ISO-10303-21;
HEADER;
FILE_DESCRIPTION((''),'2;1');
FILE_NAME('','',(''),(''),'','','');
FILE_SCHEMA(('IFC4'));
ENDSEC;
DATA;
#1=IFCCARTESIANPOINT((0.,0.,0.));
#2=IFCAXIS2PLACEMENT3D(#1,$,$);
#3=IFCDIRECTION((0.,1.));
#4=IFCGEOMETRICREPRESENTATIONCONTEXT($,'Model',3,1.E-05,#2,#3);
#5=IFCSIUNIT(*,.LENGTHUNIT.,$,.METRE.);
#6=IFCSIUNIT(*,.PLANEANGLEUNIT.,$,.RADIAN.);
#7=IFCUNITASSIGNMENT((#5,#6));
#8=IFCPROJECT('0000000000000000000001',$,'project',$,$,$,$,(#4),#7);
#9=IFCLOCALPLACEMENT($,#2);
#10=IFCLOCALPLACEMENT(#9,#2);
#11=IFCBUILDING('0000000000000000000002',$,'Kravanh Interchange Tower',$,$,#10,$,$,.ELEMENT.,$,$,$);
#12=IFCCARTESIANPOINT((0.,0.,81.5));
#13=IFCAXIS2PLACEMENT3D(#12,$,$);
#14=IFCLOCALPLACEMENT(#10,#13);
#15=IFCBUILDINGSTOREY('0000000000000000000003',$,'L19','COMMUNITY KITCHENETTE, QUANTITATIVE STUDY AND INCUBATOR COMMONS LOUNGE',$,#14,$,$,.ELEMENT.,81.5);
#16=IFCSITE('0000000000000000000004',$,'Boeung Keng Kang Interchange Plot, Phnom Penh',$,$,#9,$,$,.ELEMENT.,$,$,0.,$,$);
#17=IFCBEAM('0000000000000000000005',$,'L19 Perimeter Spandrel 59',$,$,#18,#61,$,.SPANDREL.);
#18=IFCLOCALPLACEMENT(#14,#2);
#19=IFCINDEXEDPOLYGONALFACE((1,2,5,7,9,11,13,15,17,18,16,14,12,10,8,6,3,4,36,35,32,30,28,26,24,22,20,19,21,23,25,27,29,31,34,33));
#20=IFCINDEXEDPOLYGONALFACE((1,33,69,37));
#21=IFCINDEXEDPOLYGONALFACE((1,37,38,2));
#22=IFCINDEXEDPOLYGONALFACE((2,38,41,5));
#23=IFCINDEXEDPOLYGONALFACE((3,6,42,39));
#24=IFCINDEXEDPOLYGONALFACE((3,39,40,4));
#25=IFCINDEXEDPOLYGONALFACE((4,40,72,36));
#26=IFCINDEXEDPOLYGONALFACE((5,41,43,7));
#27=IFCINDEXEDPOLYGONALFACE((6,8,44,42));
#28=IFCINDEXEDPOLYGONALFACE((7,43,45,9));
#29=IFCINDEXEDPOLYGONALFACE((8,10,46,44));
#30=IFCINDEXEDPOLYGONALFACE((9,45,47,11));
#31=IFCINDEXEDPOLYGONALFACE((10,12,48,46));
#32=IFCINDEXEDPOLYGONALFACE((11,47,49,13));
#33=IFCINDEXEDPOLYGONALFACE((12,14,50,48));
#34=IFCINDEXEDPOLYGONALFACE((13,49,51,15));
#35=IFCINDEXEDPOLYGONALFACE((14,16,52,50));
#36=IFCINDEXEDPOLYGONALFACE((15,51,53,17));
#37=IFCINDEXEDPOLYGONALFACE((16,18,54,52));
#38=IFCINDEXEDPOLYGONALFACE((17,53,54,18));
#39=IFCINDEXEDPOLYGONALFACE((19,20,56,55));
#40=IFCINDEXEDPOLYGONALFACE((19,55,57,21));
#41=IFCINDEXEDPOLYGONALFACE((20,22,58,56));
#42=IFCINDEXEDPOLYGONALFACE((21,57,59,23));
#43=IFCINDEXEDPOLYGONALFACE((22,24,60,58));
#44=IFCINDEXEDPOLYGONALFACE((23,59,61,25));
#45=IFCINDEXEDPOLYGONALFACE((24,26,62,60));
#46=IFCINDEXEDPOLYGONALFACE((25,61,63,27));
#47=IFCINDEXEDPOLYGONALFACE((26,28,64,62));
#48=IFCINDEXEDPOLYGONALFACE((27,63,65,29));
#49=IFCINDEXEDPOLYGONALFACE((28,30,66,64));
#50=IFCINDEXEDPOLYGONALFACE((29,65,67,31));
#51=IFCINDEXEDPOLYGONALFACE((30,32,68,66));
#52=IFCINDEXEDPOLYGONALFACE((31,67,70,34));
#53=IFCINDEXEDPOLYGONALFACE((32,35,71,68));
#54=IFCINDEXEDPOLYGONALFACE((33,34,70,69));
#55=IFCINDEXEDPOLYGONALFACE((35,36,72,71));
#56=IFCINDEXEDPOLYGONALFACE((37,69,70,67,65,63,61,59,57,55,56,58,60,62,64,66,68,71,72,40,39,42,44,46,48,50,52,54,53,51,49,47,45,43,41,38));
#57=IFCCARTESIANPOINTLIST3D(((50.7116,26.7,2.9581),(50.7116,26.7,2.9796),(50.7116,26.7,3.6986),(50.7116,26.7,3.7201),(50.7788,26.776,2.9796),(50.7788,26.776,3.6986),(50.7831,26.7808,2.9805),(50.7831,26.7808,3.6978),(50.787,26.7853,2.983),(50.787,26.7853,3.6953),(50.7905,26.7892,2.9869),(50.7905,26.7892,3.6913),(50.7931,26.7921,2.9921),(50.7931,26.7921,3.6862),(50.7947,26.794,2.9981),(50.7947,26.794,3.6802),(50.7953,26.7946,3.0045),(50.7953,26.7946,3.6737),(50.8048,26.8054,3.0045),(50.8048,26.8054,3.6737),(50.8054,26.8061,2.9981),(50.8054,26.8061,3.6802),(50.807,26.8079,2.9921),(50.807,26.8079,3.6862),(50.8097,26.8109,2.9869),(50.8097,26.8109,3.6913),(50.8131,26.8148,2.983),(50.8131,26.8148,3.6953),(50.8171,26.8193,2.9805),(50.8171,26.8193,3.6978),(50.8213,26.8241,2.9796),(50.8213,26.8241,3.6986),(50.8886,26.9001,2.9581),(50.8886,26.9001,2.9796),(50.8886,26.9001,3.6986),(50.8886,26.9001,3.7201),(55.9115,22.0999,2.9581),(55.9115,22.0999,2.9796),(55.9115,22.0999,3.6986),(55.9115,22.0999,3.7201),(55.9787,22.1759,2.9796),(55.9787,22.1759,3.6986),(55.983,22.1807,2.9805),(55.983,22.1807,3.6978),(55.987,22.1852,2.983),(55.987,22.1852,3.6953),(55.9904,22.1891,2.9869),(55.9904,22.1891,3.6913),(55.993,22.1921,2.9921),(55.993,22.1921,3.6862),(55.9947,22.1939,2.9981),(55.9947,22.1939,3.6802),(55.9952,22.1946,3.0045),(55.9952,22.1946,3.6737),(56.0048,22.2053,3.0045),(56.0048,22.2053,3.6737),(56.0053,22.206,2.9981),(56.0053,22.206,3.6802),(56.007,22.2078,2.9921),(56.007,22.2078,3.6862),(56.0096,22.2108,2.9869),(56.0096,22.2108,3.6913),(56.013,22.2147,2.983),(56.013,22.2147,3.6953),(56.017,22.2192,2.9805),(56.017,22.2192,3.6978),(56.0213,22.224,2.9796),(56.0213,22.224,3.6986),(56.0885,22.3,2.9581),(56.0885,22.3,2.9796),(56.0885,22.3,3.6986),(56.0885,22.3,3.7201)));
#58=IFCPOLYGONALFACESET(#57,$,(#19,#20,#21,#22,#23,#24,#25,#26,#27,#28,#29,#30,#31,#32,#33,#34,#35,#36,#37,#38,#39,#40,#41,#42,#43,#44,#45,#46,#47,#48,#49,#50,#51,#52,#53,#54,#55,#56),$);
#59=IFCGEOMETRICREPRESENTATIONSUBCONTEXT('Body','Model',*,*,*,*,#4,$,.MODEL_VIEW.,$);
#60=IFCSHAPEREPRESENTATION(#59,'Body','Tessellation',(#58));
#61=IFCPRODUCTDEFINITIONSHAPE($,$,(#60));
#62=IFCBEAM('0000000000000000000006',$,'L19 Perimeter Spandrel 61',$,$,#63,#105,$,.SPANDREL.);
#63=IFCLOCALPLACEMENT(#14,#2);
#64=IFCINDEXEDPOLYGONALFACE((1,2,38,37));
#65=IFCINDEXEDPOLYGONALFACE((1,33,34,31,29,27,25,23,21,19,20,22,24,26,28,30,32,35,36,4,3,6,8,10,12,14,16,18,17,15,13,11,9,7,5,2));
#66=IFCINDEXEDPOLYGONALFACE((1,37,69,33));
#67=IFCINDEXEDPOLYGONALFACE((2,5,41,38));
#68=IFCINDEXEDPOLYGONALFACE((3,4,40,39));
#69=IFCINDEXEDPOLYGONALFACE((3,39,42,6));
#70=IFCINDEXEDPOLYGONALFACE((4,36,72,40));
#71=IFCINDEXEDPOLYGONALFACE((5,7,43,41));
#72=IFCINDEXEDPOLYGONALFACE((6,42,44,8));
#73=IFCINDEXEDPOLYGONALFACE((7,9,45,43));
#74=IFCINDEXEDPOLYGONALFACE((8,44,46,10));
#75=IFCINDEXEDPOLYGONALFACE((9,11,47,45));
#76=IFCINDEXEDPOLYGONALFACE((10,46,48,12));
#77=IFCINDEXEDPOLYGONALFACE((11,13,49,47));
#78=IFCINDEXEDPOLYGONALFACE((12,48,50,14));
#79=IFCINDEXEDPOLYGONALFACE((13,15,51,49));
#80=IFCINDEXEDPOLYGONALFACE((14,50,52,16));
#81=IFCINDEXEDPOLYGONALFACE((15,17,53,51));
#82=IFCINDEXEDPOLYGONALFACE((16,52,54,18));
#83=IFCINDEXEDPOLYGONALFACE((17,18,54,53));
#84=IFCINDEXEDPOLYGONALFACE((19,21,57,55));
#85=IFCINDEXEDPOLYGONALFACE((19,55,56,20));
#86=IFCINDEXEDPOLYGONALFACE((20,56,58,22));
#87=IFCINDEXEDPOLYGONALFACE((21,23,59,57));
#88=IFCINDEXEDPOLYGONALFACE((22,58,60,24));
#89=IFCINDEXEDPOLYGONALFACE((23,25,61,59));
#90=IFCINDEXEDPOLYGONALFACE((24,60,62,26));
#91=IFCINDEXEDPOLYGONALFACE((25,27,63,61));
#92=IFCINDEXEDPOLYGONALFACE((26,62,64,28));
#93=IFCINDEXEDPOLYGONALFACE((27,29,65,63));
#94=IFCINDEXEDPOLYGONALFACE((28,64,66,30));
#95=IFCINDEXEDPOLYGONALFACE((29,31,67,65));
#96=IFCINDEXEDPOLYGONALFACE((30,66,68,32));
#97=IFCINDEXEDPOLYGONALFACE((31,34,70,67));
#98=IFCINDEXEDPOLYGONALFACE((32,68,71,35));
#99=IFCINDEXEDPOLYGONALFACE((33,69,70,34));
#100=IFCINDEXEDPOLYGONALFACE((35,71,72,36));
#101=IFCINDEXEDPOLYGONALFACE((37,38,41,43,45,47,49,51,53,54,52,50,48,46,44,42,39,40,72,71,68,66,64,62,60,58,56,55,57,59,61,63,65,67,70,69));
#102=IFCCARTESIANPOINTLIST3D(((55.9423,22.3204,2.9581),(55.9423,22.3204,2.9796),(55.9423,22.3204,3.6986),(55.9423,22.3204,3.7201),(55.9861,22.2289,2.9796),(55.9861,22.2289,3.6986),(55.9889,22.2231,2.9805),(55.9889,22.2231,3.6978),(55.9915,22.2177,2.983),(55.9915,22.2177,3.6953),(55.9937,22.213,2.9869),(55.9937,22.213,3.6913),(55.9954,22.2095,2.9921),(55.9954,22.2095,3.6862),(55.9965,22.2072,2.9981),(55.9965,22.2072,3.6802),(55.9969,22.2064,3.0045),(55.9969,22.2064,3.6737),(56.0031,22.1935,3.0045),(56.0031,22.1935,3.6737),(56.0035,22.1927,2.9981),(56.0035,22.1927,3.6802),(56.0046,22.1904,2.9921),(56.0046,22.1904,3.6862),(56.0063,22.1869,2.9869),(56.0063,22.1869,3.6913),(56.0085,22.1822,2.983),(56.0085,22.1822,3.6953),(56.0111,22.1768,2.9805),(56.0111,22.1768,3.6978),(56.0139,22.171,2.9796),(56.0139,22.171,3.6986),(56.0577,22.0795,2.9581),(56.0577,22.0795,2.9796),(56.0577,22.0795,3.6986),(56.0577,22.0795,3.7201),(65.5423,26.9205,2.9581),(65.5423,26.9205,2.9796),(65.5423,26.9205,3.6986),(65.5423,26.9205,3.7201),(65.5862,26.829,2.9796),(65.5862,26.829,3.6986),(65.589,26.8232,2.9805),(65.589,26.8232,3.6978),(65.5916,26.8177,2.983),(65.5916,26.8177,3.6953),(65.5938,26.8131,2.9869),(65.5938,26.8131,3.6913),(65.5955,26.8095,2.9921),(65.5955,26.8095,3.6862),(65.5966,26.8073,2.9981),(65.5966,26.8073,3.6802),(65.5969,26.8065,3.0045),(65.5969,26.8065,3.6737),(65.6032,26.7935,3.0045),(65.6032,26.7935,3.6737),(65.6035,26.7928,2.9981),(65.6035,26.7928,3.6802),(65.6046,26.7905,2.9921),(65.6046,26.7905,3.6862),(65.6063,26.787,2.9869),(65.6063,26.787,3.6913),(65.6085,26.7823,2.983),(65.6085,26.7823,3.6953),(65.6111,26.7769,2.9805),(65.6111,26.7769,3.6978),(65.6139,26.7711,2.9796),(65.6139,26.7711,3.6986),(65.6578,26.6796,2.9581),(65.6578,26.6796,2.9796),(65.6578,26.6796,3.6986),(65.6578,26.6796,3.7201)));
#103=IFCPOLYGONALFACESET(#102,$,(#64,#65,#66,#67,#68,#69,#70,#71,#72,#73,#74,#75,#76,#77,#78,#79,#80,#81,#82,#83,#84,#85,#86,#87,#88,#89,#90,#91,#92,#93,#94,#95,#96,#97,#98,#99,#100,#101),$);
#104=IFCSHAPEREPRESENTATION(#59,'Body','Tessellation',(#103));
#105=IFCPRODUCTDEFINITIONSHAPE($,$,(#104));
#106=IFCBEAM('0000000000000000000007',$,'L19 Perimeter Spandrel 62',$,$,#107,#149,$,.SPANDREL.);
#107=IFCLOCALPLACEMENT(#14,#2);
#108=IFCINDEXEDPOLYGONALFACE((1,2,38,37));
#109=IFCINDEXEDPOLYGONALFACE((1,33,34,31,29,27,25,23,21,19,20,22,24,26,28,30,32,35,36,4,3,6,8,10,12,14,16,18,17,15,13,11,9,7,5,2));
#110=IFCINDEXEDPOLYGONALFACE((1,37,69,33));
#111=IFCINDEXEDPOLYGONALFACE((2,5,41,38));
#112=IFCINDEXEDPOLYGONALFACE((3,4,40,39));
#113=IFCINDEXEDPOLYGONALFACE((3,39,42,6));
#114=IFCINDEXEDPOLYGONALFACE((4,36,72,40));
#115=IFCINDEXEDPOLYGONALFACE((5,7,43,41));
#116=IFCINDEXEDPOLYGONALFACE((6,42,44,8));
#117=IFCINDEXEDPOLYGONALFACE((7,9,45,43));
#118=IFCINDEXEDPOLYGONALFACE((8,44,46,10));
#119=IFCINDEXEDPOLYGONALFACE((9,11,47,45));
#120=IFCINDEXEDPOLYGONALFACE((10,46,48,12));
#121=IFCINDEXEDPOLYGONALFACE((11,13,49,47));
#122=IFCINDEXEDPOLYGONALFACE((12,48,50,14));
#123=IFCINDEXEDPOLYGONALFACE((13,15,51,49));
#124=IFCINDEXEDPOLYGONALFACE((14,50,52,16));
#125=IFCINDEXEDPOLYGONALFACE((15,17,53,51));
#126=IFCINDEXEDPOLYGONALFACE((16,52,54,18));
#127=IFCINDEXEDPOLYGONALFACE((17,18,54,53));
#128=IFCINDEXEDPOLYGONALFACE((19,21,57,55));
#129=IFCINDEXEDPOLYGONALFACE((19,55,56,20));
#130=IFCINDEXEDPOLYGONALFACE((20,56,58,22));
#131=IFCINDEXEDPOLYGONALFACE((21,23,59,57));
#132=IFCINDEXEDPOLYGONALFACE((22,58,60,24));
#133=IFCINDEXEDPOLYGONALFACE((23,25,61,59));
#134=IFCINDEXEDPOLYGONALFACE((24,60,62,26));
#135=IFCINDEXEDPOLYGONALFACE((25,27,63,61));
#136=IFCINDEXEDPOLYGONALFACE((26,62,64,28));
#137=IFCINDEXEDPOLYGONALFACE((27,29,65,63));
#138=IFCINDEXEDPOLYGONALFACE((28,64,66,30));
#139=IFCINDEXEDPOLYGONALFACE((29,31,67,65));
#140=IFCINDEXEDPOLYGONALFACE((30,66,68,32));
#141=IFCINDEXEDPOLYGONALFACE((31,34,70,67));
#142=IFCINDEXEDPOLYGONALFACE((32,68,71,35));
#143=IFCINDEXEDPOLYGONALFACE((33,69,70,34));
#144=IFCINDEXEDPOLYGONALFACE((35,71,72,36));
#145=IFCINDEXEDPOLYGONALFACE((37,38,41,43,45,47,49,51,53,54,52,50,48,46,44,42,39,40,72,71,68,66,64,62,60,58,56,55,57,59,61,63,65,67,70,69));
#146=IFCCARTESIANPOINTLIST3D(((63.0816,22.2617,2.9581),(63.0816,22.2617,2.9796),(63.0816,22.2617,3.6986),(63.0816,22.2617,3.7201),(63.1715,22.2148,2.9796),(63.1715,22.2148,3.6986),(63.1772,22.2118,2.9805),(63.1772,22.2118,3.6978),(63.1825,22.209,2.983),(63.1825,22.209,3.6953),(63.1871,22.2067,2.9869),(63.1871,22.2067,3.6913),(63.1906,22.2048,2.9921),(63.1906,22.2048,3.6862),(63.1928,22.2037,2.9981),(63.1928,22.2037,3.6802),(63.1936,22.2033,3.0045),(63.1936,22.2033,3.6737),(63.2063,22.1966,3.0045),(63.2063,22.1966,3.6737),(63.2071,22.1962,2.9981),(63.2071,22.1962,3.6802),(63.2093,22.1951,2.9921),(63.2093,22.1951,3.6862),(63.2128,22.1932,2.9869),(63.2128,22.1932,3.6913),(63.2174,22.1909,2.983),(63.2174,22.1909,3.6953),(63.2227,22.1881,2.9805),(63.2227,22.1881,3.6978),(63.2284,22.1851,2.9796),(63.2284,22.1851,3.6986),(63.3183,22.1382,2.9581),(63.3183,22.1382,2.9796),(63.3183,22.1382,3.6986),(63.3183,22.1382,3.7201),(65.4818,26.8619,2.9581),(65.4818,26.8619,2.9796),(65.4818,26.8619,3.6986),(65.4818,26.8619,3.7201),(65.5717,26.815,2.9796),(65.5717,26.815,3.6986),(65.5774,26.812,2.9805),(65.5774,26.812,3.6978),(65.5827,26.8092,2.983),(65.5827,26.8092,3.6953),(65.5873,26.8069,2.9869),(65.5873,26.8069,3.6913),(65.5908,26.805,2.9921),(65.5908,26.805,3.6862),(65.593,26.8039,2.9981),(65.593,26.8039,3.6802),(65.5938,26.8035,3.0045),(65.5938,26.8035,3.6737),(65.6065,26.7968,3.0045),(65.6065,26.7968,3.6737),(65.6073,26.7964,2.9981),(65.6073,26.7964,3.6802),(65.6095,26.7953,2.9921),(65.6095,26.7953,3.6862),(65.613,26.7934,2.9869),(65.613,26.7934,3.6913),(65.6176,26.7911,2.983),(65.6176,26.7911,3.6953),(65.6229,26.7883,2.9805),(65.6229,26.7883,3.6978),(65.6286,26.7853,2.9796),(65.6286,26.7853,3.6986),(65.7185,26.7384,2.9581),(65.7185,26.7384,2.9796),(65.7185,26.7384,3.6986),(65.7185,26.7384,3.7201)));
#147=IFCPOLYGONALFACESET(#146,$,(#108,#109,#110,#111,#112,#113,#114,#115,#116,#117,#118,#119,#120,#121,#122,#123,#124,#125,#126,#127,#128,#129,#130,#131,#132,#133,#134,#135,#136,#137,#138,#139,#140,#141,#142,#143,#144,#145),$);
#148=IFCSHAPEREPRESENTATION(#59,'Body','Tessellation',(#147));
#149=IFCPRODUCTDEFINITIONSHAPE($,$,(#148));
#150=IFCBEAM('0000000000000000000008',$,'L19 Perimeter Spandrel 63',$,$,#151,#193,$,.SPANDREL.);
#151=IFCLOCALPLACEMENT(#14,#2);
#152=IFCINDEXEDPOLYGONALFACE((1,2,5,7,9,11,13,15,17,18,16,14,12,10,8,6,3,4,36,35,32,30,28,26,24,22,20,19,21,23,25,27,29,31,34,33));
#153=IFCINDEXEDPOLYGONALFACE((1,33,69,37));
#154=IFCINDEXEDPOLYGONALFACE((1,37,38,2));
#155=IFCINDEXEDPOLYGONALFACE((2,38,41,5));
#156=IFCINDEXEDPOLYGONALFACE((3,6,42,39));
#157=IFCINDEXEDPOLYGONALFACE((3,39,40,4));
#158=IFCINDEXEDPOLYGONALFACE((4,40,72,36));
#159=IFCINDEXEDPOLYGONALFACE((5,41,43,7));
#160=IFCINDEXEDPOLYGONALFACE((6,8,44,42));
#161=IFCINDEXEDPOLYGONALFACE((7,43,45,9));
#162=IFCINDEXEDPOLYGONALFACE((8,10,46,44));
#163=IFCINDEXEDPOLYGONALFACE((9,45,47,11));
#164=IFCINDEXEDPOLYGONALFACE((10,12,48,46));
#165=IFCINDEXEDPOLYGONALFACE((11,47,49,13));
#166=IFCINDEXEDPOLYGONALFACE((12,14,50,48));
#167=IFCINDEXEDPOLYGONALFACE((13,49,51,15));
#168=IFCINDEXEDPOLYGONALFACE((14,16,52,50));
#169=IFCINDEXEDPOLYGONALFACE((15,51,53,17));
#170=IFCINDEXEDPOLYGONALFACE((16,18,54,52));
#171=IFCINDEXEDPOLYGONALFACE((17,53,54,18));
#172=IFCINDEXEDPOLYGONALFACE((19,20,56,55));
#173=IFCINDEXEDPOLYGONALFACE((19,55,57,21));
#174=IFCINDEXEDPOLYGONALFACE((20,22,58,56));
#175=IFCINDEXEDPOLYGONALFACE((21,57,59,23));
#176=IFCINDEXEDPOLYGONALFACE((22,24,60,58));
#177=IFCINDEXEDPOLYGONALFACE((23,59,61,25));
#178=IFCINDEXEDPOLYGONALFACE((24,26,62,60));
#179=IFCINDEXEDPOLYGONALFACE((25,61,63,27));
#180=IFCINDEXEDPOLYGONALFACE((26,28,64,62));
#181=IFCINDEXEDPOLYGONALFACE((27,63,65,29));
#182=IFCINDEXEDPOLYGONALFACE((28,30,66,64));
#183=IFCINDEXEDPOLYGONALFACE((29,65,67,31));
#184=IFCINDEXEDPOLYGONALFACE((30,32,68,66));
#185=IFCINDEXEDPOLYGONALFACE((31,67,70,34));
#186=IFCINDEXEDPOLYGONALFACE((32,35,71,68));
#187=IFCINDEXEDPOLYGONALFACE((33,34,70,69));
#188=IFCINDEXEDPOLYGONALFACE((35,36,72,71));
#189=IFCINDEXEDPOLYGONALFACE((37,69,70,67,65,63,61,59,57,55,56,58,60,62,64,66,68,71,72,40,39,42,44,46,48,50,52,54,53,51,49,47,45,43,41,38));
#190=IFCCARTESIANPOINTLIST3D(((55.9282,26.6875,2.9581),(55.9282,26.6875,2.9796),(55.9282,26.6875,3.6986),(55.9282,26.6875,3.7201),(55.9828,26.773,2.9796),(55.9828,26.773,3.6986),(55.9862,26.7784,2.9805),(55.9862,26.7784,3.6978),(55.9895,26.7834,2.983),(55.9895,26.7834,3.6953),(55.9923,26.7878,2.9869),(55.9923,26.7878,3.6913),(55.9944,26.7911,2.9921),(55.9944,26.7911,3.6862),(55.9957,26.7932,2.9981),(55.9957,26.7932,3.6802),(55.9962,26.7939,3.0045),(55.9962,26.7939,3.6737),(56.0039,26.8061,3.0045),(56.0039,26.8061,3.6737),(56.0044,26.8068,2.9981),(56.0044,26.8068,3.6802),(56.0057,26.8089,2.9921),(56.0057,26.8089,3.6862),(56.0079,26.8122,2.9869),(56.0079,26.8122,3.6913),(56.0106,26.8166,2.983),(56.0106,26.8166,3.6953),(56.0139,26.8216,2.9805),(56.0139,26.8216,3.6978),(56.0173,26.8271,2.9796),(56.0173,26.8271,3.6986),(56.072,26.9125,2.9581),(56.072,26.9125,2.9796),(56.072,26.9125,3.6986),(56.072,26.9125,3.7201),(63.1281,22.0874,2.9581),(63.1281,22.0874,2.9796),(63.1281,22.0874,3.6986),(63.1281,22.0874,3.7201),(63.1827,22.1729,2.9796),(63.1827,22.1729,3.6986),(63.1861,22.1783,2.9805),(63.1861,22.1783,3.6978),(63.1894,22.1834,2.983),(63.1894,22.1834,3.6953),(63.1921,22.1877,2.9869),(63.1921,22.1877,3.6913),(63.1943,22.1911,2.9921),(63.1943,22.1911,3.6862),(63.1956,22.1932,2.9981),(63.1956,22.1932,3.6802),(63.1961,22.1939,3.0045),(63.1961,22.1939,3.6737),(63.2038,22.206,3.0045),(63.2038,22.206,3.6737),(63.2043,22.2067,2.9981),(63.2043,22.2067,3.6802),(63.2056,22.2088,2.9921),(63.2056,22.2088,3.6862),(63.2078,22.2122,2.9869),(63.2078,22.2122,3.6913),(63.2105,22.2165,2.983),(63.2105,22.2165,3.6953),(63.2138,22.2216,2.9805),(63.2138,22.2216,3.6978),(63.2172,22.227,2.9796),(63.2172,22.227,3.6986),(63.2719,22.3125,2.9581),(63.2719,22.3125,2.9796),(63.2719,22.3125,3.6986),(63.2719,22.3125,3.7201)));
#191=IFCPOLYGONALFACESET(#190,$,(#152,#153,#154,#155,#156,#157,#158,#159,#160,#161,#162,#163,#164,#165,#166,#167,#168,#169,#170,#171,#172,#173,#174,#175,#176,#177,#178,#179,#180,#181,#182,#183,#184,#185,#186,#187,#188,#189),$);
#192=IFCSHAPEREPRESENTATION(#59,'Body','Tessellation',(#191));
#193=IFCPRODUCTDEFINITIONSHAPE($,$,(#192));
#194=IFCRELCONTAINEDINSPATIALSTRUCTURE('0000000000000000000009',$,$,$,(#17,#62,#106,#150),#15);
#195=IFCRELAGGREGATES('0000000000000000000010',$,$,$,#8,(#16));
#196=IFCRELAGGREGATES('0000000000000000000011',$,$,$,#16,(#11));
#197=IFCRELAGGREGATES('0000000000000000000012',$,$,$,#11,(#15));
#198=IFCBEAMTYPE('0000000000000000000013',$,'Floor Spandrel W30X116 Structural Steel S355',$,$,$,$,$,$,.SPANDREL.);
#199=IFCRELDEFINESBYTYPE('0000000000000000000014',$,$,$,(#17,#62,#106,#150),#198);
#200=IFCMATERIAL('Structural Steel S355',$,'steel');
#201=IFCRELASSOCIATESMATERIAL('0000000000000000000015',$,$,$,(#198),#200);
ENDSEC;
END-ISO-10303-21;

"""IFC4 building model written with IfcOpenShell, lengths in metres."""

from ifc_helpers import new_model, si_unit, direction, frame, origin, origin_2d, place, context, subcontext, project, spatial, i_section, extrude, material, material_profile, profile_set, type_object, element, save


model = new_model("IFC4")

# Units and contexts
model_context = context("Model", 3, precision=1e-05, world=origin(), true_north=direction((0.0, 1.0)))
body_context = subcontext(model_context, "Body", "Model", "MODEL_VIEW")
ifc_project = project(units=[si_unit("LENGTHUNIT", "METRE"), si_unit("PLANEANGLEUNIT", "RADIAN")], contexts=[model_context])

# Site, building, storey
site_placement = place(None, origin())
site = spatial("IfcSite", under=ifc_project, at=site_placement, Name="Boeung Keng Kang Interchange Plot, Phnom Penh", CompositionType="ELEMENT", RefElevation=0.0)
building_placement = place(site_placement, origin())
building = spatial("IfcBuilding", under=site, at=building_placement, Name="Kravanh Interchange Tower", CompositionType="ELEMENT")
storey_placement = place(building_placement, frame((0.0, 0.0, 81.5)))
storey = spatial("IfcBuildingStorey", under=building, at=storey_placement, Name="L19", Description="COMMUNITY KITCHENETTE, QUANTITATIVE STUDY AND INCUBATOR COMMONS LOUNGE", CompositionType="ELEMENT", Elevation=81.5)

# Beams
ifc_material_1 = material(Name="Structural Steel S355", Category="steel")
ifc_material_profile_1 = material_profile(ifc_material_1, i_section(OverallWidth=0.2671, OverallDepth=0.762, WebThickness=0.0144, FlangeThickness=0.0215, FilletRadius=0.0249, at=origin_2d()), Name="W30X116")
ifc_profile_set_1 = profile_set([ifc_material_profile_1], Name="Structural Steel S355")
beam_type_1 = type_object("IfcBeamType", Name="Floor Spandrel W30X116 Structural Steel S355", PredefinedType="SPANDREL", material=ifc_profile_set_1)
beam_1_placement = place(storey_placement, frame((56.0, 22.2, 3.3391), z_axis=(-0.748986, 0.662585, 0.0), x_axis=(-0.662585, -0.748986, 0.0)))
element("IfcBeam", 1, at=beam_1_placement, inside=storey, type_object=beam_type_1, Name="L19 Perimeter Spandrel 59", PredefinedType="SPANDREL", context=body_context, shape_type="SweptSolid", body=[
    extrude(i_section(OverallWidth=0.2671, OverallDepth=0.762, WebThickness=0.0144, FlangeThickness=0.0215, FilletRadius=0.0249, at=origin_2d()), origin(), (0.0, 0.0, 1.0), 6.9426),
])
beam_2_placement = place(storey_placement, frame((56.0, 22.2, 3.3391), z_axis=(0.901814, 0.432124, 0.0), x_axis=(-0.432124, 0.901814, 0.0)))
element("IfcBeam", 2, at=beam_2_placement, inside=storey, type_object=beam_type_1, Name="L19 Perimeter Spandrel 61", PredefinedType="SPANDREL", context=body_context, shape_type="SweptSolid", body=[
    extrude(i_section(OverallWidth=0.2671, OverallDepth=0.762, WebThickness=0.0144, FlangeThickness=0.0215, FilletRadius=0.0249, at=origin_2d()), origin(), (0.0, 0.0, 1.0), 10.6453),
])
beam_3_placement = place(storey_placement, frame((63.2, 22.2, 3.3391), z_axis=(0.46258, 0.886577, 0.0), x_axis=(-0.886577, 0.46258, 0.0)))
element("IfcBeam", 3, at=beam_3_placement, inside=storey, type_object=beam_type_1, Name="L19 Perimeter Spandrel 62", PredefinedType="SPANDREL", context=body_context, shape_type="SweptSolid", body=[
    extrude(i_section(OverallWidth=0.2671, OverallDepth=0.762, WebThickness=0.0144, FlangeThickness=0.0215, FilletRadius=0.0249, at=origin_2d()), origin(), (0.0, 0.0, 1.0), 5.1887),
])
beam_4_placement = place(storey_placement, frame((63.2, 22.2, 3.3391), z_axis=(-0.842689, 0.5384, 0.0), x_axis=(-0.5384, -0.842689, 0.0)))
element("IfcBeam", 4, at=beam_4_placement, inside=storey, type_object=beam_type_1, Name="L19 Perimeter Spandrel 63", PredefinedType="SPANDREL", context=body_context, shape_type="SweptSolid", body=[
    extrude(i_section(OverallWidth=0.2671, OverallDepth=0.762, WebThickness=0.0144, FlangeThickness=0.0215, FilletRadius=0.0249, at=origin_2d()), origin(), (0.0, 0.0, 1.0), 8.5439),
])

save(model, "model.ifc")
